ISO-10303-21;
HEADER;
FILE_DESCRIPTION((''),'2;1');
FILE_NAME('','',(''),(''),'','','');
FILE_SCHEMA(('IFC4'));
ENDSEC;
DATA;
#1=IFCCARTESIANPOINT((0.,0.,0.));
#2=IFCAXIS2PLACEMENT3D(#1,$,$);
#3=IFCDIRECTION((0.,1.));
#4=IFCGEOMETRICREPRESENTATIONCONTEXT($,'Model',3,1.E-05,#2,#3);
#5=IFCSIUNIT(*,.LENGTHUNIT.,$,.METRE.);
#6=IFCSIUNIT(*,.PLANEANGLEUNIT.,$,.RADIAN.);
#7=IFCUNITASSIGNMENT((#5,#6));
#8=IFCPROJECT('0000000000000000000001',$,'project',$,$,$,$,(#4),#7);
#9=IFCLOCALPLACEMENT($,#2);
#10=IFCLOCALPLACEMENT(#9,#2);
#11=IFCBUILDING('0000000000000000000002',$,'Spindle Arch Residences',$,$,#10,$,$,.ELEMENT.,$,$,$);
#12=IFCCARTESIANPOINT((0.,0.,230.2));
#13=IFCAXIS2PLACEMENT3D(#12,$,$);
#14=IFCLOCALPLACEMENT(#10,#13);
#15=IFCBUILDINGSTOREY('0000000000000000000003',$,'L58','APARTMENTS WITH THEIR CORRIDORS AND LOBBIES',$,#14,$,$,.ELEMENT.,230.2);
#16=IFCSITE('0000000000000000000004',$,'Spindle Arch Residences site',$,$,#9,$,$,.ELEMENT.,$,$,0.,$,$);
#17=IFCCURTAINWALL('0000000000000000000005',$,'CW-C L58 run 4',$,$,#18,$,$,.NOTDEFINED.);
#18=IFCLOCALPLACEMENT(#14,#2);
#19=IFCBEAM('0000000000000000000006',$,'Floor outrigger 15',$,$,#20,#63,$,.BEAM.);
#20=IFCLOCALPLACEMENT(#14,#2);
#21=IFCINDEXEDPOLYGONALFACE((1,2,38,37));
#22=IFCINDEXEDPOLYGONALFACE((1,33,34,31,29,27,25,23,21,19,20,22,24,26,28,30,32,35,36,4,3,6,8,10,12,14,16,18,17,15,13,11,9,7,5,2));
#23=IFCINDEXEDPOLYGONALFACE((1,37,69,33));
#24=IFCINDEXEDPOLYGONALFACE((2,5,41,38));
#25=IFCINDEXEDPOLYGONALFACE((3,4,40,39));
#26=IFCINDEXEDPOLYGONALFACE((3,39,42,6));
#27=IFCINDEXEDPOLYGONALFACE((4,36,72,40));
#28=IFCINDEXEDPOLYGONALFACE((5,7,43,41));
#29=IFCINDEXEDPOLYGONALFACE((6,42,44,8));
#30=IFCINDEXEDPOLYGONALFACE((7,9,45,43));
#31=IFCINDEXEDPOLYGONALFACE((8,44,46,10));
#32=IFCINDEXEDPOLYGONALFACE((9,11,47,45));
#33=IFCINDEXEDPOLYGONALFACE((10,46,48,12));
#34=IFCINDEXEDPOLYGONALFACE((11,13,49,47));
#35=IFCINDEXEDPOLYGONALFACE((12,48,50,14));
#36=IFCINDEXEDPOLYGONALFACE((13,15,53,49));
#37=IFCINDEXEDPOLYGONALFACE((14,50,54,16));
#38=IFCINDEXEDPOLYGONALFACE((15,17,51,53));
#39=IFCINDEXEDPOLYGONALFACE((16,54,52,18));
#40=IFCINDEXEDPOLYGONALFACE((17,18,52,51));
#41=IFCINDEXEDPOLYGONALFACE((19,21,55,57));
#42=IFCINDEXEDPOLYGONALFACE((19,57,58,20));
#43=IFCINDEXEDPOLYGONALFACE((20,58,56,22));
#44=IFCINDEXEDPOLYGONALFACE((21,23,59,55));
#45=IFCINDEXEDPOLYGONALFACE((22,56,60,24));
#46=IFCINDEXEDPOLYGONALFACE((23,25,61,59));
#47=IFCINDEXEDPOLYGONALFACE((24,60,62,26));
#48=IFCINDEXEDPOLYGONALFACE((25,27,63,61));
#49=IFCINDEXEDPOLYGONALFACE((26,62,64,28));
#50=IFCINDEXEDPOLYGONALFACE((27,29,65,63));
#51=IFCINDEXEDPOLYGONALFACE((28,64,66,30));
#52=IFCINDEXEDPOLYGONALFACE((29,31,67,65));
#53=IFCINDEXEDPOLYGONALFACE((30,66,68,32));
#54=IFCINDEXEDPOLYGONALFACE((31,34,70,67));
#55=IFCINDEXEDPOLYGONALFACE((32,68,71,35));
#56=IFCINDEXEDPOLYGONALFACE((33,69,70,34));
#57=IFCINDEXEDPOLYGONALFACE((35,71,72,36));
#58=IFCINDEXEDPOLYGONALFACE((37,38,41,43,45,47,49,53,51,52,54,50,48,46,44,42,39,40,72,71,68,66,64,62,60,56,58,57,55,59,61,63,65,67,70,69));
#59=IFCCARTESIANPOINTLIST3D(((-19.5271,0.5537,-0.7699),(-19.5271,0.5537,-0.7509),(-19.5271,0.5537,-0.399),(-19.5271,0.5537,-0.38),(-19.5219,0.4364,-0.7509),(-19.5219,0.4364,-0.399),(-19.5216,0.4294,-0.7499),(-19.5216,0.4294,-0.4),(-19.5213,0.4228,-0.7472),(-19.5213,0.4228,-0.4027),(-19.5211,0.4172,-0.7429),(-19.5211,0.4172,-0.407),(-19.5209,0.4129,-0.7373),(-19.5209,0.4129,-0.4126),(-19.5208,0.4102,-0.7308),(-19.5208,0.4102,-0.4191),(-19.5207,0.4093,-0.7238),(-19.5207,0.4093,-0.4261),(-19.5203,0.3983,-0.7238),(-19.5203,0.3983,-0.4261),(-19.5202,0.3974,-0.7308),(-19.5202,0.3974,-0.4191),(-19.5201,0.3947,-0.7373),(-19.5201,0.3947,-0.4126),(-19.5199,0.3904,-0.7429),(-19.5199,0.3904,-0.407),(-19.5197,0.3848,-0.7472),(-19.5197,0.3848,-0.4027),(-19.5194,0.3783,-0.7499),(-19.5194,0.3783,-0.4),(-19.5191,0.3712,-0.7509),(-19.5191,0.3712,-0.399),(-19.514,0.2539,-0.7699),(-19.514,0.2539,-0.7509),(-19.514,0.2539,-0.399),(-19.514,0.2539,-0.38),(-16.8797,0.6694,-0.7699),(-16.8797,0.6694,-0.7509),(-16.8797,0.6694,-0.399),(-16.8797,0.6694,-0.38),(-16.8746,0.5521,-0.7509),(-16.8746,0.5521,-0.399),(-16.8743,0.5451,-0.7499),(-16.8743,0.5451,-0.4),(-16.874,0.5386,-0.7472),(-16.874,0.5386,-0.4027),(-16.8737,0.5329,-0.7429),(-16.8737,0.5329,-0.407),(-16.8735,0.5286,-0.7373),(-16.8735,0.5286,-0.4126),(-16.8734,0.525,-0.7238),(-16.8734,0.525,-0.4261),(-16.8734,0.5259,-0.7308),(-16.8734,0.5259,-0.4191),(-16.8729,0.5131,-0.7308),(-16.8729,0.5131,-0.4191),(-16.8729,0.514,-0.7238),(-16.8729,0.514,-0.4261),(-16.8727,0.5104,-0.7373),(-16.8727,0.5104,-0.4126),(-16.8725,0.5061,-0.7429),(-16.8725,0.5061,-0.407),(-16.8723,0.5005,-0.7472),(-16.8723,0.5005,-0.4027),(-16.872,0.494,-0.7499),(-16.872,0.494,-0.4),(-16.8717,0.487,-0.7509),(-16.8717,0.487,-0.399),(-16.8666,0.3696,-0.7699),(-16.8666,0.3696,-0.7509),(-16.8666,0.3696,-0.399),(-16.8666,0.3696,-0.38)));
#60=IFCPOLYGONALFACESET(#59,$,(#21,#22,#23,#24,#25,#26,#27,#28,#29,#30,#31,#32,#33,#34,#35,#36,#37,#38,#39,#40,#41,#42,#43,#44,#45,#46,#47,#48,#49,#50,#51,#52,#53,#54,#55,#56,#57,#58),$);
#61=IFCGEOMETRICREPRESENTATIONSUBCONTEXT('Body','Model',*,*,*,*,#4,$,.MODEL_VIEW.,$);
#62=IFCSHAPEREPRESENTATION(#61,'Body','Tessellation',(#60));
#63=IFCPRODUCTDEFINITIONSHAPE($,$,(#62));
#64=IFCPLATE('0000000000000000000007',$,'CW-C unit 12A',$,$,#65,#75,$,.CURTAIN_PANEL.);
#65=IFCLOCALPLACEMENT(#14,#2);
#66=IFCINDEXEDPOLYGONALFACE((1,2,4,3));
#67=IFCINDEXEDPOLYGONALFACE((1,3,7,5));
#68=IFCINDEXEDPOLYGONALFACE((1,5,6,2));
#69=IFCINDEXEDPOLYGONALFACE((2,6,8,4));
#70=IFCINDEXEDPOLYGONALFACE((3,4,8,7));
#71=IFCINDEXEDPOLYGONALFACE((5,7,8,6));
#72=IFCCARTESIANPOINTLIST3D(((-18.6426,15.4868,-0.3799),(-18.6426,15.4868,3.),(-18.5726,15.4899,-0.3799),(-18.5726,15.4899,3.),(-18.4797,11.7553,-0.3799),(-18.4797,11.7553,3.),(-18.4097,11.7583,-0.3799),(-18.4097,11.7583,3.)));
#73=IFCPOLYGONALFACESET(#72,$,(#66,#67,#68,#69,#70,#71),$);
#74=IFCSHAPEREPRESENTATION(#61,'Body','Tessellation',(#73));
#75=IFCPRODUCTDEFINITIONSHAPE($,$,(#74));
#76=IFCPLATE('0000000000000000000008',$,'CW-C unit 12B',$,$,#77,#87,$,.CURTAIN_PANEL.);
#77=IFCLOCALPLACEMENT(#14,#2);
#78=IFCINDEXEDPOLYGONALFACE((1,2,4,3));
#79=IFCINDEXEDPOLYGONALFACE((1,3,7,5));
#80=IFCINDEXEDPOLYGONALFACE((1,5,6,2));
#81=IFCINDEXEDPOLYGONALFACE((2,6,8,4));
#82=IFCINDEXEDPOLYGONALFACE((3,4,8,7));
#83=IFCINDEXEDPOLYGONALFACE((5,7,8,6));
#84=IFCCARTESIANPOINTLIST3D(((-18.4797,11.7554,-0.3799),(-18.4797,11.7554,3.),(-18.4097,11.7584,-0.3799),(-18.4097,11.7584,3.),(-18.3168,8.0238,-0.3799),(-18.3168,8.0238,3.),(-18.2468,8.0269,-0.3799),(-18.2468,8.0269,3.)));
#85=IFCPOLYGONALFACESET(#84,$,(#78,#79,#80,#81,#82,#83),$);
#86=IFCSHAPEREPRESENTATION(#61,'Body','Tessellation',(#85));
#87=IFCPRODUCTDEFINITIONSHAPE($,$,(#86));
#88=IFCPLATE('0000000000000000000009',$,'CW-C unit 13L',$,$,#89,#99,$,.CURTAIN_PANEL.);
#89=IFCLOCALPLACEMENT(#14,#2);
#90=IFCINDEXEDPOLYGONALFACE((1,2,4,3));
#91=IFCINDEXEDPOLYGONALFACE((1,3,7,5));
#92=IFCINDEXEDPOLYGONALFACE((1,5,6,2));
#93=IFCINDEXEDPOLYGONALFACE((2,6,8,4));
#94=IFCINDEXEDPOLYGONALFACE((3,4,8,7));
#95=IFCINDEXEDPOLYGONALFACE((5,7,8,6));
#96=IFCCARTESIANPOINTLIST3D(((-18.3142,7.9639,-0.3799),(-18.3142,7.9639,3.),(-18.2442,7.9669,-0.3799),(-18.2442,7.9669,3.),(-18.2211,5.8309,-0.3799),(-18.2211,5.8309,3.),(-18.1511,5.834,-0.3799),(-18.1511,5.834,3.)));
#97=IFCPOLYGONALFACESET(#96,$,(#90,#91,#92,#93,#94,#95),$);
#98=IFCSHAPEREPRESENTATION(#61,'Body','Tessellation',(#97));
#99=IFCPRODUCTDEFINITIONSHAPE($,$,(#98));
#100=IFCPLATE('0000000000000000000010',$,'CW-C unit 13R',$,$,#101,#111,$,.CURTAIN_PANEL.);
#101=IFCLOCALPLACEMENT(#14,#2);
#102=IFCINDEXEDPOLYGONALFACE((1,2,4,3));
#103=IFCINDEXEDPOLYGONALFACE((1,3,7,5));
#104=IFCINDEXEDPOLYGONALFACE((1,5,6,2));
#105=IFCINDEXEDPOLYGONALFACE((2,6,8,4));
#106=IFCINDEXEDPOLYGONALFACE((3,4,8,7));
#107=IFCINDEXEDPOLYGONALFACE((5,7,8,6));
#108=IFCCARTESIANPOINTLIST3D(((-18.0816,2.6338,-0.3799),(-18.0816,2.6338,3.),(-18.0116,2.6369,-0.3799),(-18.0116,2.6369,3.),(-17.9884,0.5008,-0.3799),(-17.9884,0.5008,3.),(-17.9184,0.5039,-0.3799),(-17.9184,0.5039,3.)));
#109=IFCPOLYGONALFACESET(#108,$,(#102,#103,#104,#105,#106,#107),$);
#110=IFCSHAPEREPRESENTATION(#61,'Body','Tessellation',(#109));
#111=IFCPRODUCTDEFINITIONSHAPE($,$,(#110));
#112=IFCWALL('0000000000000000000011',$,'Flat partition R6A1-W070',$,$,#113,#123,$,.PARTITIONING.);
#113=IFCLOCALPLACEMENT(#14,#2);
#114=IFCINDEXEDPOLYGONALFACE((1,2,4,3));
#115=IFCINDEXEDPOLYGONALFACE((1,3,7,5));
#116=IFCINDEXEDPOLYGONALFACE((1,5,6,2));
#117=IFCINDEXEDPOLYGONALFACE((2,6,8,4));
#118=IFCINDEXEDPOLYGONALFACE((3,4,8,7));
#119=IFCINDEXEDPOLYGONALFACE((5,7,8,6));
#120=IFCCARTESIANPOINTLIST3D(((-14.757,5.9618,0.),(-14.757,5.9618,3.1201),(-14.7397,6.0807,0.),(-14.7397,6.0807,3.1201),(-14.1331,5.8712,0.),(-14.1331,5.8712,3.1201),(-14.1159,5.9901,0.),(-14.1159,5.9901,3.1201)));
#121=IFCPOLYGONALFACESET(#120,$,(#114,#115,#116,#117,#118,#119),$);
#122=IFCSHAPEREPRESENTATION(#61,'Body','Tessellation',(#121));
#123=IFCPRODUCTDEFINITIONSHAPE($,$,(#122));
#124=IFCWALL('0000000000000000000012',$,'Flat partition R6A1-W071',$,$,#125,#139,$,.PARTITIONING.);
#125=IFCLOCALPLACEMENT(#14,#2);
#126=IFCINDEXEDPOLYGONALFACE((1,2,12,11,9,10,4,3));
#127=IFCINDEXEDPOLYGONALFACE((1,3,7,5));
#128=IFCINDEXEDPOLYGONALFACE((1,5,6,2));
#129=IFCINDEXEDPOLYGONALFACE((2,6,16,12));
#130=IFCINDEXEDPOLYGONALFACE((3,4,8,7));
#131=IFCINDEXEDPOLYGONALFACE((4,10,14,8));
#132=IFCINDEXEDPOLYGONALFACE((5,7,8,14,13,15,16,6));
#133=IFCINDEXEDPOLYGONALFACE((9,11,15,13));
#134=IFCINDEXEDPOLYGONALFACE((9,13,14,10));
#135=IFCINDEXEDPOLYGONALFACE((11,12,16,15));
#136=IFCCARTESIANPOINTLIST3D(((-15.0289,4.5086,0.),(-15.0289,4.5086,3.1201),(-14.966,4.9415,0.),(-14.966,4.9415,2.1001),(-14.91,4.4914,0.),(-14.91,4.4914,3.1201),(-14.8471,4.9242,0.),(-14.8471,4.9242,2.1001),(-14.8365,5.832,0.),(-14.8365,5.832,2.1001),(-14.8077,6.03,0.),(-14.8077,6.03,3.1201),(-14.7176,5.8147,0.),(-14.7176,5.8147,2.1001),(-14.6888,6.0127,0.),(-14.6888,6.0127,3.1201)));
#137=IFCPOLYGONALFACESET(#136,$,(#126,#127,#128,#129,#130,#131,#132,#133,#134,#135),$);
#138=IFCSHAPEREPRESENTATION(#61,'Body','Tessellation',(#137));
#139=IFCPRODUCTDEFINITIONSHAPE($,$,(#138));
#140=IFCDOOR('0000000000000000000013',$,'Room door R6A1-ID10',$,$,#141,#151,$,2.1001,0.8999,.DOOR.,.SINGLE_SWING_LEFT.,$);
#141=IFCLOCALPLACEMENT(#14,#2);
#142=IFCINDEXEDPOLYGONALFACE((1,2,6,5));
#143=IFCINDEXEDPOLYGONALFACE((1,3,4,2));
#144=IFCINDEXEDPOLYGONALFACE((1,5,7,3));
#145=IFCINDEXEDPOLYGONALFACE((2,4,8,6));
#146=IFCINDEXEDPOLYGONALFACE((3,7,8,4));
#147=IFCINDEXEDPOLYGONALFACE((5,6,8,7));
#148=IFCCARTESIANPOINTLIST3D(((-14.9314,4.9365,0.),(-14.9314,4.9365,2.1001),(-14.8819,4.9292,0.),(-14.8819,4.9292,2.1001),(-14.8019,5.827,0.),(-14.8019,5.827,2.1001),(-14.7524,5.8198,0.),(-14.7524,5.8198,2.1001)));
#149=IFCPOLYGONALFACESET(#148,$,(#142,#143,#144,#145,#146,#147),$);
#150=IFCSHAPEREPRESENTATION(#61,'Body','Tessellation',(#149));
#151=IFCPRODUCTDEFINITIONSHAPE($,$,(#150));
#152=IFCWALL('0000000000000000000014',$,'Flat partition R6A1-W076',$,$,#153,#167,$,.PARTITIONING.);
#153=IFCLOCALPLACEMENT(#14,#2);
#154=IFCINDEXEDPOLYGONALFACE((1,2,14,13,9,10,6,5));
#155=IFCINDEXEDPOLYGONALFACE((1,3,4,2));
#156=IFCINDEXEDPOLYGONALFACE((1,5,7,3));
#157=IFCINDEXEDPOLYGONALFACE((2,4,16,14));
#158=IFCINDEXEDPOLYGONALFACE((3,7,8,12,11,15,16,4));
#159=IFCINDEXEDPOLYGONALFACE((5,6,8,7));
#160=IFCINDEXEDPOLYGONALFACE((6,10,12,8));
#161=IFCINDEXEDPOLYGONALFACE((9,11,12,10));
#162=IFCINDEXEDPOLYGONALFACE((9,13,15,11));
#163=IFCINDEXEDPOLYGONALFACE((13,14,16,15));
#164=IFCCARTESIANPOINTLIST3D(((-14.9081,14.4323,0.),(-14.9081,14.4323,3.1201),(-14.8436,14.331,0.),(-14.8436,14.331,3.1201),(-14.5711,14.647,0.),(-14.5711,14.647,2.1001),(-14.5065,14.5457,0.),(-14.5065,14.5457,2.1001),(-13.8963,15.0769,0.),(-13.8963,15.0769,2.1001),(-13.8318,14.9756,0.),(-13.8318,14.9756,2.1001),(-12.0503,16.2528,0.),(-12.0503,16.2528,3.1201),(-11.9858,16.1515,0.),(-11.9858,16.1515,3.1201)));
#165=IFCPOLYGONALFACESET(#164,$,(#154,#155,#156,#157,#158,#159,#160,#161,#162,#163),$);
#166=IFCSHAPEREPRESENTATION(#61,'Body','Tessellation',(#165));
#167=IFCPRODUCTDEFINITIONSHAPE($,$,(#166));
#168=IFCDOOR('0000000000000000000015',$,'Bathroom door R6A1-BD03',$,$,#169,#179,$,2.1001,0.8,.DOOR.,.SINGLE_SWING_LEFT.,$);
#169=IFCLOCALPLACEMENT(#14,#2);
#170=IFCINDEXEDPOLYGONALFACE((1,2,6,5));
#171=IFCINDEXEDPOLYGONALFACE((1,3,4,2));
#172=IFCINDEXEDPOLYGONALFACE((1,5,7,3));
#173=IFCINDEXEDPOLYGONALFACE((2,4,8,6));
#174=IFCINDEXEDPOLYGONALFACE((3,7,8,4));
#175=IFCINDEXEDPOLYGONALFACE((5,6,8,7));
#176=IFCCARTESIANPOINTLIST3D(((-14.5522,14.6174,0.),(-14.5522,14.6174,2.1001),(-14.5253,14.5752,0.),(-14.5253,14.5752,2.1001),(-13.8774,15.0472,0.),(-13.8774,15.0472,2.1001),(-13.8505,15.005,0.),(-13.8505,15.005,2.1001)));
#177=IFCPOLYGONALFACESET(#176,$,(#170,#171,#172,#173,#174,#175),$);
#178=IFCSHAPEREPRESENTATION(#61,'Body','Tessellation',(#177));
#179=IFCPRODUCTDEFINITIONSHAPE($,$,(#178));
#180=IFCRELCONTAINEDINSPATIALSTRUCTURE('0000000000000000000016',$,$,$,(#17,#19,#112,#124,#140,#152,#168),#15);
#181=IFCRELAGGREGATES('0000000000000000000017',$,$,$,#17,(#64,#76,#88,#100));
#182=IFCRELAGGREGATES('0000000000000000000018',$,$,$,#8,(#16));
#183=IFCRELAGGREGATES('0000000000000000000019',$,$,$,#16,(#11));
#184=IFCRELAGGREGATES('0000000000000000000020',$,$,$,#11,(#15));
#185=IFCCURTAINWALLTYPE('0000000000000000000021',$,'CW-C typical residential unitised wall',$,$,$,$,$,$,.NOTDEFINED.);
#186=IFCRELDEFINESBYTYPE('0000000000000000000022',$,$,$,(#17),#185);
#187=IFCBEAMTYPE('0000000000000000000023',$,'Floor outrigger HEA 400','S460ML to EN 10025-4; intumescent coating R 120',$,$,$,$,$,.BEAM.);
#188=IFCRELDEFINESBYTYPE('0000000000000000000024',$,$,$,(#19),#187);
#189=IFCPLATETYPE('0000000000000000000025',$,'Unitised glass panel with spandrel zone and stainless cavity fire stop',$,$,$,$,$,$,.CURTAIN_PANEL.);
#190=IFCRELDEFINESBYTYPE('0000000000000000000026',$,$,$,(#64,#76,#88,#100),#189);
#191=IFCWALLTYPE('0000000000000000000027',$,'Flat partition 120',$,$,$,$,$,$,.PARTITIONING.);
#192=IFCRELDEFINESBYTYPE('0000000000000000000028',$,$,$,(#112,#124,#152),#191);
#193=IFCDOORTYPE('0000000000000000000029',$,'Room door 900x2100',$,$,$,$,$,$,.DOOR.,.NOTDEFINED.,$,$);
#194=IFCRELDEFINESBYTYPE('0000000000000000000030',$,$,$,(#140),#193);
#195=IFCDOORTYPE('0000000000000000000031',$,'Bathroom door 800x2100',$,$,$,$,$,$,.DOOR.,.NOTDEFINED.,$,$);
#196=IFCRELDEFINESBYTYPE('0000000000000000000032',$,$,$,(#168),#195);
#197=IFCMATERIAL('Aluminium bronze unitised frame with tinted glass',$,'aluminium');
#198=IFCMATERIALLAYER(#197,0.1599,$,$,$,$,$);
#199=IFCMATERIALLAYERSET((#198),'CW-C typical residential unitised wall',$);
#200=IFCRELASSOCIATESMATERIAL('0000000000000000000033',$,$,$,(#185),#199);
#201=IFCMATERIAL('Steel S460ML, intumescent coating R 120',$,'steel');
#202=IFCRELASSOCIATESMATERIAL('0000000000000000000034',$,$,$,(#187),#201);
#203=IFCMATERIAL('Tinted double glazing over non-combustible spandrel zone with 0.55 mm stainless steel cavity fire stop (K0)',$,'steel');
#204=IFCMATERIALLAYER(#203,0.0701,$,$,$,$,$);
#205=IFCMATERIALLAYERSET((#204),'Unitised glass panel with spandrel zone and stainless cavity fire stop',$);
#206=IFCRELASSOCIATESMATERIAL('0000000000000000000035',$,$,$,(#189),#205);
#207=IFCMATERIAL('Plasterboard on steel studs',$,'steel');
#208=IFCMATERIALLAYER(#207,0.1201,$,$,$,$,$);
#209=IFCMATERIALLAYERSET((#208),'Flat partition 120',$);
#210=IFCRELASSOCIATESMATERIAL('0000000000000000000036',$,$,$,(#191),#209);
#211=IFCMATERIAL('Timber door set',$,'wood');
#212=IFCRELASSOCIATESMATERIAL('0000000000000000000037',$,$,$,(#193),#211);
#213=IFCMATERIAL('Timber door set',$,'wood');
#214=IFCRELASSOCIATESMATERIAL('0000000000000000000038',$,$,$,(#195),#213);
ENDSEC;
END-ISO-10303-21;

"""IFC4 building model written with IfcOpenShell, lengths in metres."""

from ifc_helpers import new_model, si_unit, direction, frame, frame_2d, origin, origin_2d, place, context, subcontext, project, spatial, rectangle, i_section, extrude, material, layer, layer_set, material_profile, profile_set, type_object, element, fill, aggregate, save


model = new_model("IFC4")

# Units and contexts
model_context = context("Model", 3, precision=1e-05, world=origin(), true_north=direction((0.0, 1.0)))
body_context = subcontext(model_context, "Body", "Model", "MODEL_VIEW")
ifc_project = project(units=[si_unit("LENGTHUNIT", "METRE"), si_unit("PLANEANGLEUNIT", "RADIAN")], contexts=[model_context])

# Site, building, storey
site_placement = place(None, origin())
site = spatial("IfcSite", under=ifc_project, at=site_placement, Name="Spindle Arch Residences site", CompositionType="ELEMENT", RefElevation=0.0)
building_placement = place(site_placement, origin())
building = spatial("IfcBuilding", under=site, at=building_placement, Name="Spindle Arch Residences", CompositionType="ELEMENT")
storey_placement = place(building_placement, frame((0.0, 0.0, 230.2)))
storey = spatial("IfcBuildingStorey", under=building, at=storey_placement, Name="L58", Description="APARTMENTS WITH THEIR CORRIDORS AND LOBBIES", CompositionType="ELEMENT", Elevation=230.2)

# Curtain wall
ifc_material_1 = material(Name="Aluminium bronze unitised frame with tinted glass", Category="aluminium")
ifc_layer_1 = layer(ifc_material_1, 0.1599)
ifc_layer_set_1 = layer_set([ifc_layer_1], Name="CW-C typical residential unitised wall")
curtain_wall_type = type_object("IfcCurtainWallType", Name="CW-C typical residential unitised wall", PredefinedType="NOTDEFINED", material=ifc_layer_set_1)
curtain_wall_placement = place(storey_placement, origin())
curtain_wall = element("IfcCurtainWall", 1, at=curtain_wall_placement, inside=storey, type_object=curtain_wall_type, Name="CW-C L58 run 4", PredefinedType="NOTDEFINED")

# Beam
ifc_material_2 = material(Name="Steel S460ML, intumescent coating R 120", Category="steel")
ifc_material_profile_1 = material_profile(ifc_material_2, i_section(OverallWidth=0.3, OverallDepth=0.3899, WebThickness=0.011, FlangeThickness=0.019, FilletRadius=0.0271, at=origin_2d()), Name="HEA 400")
ifc_profile_set_1 = profile_set([ifc_material_profile_1], Name="Steel S460ML, intumescent coating R 120")
beam_type_1 = type_object("IfcBeamType", Name="Floor outrigger HEA 400", Description="S460ML to EN 10025-4; intumescent coating R 120", PredefinedType="BEAM", material=ifc_profile_set_1)
for number, where, z_axis, x_axis, name in (
    (2, (-19.5205, 0.4038, -0.575), (0.999046, 0.043669, 0.0), (-0.043669, 0.999046, 0.0), "Floor outrigger 15"),
):
    element("IfcBeam", number, at=place(storey_placement, frame(where, z_axis=z_axis, x_axis=x_axis)), inside=storey, type_object=beam_type_1, Name=name, PredefinedType="BEAM", context=body_context, shape_type="SweptSolid", body=[
        extrude(i_section(OverallWidth=0.3, OverallDepth=0.3899, WebThickness=0.011, FlangeThickness=0.019, FilletRadius=0.0271, at=origin_2d()), origin(), (0.0, 0.0, 1.0), 2.6499),
    ])

# Plates
ifc_material_3 = material(Name="Tinted double glazing over non-combustible spandrel zone with 0.55 mm stainless steel cavity fire stop (K0)", Category="steel")
ifc_layer_2 = layer(ifc_material_3, 0.0701)
ifc_layer_set_2 = layer_set([ifc_layer_2], Name="Unitised glass panel with spandrel zone and stainless cavity fire stop")
plate_type = type_object("IfcPlateType", Name="Unitised glass panel with spandrel zone and stainless cavity fire stop", PredefinedType="CURTAIN_PANEL", material=ifc_layer_set_2)
plate_1_placement = place(storey_placement, frame((-18.5261, 13.6226, -0.3799), z_axis=(0.0, 0.0, 1.0), x_axis=(0.043619, -0.999048, 0.0)))
plate_1 = element("IfcPlate", 3, at=plate_1_placement, type_object=plate_type, Name="CW-C unit 12A", PredefinedType="CURTAIN_PANEL", context=body_context, shape_type="SweptSolid", body=[
    extrude(rectangle(XDim=3.7351, YDim=0.0701, at=origin_2d()), origin(), (0.0, 0.0, 1.0), 3.3799),
])
plate_2_placement = place(storey_placement, frame((-18.3633, 9.8911, -0.3799), z_axis=(0.0, 0.0, 1.0), x_axis=(0.043619, -0.999048, 0.0)))
plate_2 = element("IfcPlate", 4, at=plate_2_placement, type_object=plate_type, Name="CW-C unit 12B", PredefinedType="CURTAIN_PANEL", context=body_context, shape_type="SweptSolid", body=[
    extrude(rectangle(XDim=3.7351, YDim=0.0701, at=origin_2d()), origin(), (0.0, 0.0, 1.0), 3.3799),
])
plate_3_placement = place(storey_placement, frame((-18.2327, 6.8989, -0.3799), z_axis=(0.0, 0.0, 1.0), x_axis=(0.043619, -0.999048, 0.0)))
plate_3 = element("IfcPlate", 5, at=plate_3_placement, type_object=plate_type, Name="CW-C unit 13L", PredefinedType="CURTAIN_PANEL", context=body_context, shape_type="SweptSolid", body=[
    extrude(rectangle(XDim=2.135, YDim=0.0701, at=origin_2d()), origin(), (0.0, 0.0, 1.0), 3.3799),
])
plate_4_placement = place(storey_placement, frame((-18.0, 1.5688, -0.3799), z_axis=(0.0, 0.0, 1.0), x_axis=(0.043619, -0.999048, 0.0)))
plate_4 = element("IfcPlate", 6, at=plate_4_placement, type_object=plate_type, Name="CW-C unit 13R", PredefinedType="CURTAIN_PANEL", context=body_context, shape_type="SweptSolid", body=[
    extrude(rectangle(XDim=2.135, YDim=0.0701, at=origin_2d()), origin(), (0.0, 0.0, 1.0), 3.3799),
])
aggregate(curtain_wall, [plate_1, plate_2, plate_3, plate_4])

# Wall
ifc_material_4 = material(Name="Plasterboard on steel studs", Category="steel")
ifc_layer_3 = layer(ifc_material_4, 0.1201)
ifc_layer_set_3 = layer_set([ifc_layer_3], Name="Flat partition 120")
wall_type_1 = type_object("IfcWallType", Name="Flat partition 120", PredefinedType="PARTITIONING", material=ifc_layer_set_3)
wall_1_placement = place(storey_placement, frame((-14.1245, 5.9307, 0.0), z_axis=(0.0, 0.0, 1.0), x_axis=(-0.989622, 0.143698, 0.0)))
element("IfcWall", 7, at=wall_1_placement, inside=storey, type_object=wall_type_1, Name="Flat partition R6A1-W070", PredefinedType="PARTITIONING", context=body_context, shape_type="SweptSolid", body=[
    extrude(rectangle(XDim=0.6304, YDim=0.1201, at=frame_2d((0.3152, 0.0))), origin(), (0.0, 0.0, 1.0), 3.1201),
])

# Walls, openings, doors
wall_2_placement = place(storey_placement, frame((-14.7483, 6.0212, 0.0), z_axis=(0.0, 0.0, 1.0), x_axis=(-0.143889, -0.989594, 0.0)))
wall_2 = element("IfcWall", 8, at=wall_2_placement, inside=storey, type_object=wall_type_1, Name="Flat partition R6A1-W071", PredefinedType="PARTITIONING", context=body_context, shape_type="SweptSolid", body=[
    extrude(rectangle(XDim=1.5374, YDim=0.1201, at=frame_2d((0.7686, 0.0))), origin(), (0.0, 0.0, 1.0), 3.1201),
])
opening_1_placement = place(wall_2_placement, frame((0.2, 0.0, 0.0)))
opening_1 = element("IfcOpeningElement", 9, at=opening_1_placement, cuts=wall_2, PredefinedType="OPENING", context=body_context, shape_type="SweptSolid", body=[
    extrude(rectangle(XDim=0.8999, YDim=2.1001, at=frame_2d((0.45, 1.05))), frame((0.0, 0.0701, 0.0), z_axis=(0.0, -1.0, 0.0), x_axis=(1.0, 0.0, 0.0)), (0.0, 0.0, 1.0), 0.1401),
])
ifc_material_5 = material(Name="Timber door set", Category="wood")
door_type_1 = type_object("IfcDoorType", Name="Room door 900x2100", OperationType="NOTDEFINED", PredefinedType="DOOR", material=ifc_material_5)
door_1_placement = place(opening_1_placement, origin())
door_1 = element("IfcDoor", 10, at=door_1_placement, inside=storey, type_object=door_type_1, Name="Room door R6A1-ID10", OperationType="SINGLE_SWING_LEFT", OverallHeight=2.1001, OverallWidth=0.8999, PredefinedType="DOOR", context=body_context, shape_type="SweptSolid", body=[
    extrude(rectangle(XDim=0.8999, YDim=2.1001, at=frame_2d((0.45, 1.05))), frame((0.0, 0.0249, 0.0), z_axis=(0.0, -1.0, 0.0), x_axis=(1.0, 0.0, 0.0)), (0.0, 0.0, 1.0), 0.05),
])
fill(opening_1, door_1)
wall_3_placement = place(storey_placement, frame((-14.876, 14.3816, 0.0), z_axis=(0.0, 0.0, 1.0), x_axis=(0.843409, 0.537272, 0.0)))
wall_3 = element("IfcWall", 11, at=wall_3_placement, inside=storey, type_object=wall_type_1, Name="Flat partition R6A1-W076", PredefinedType="PARTITIONING", context=body_context, shape_type="SweptSolid", body=[
    extrude(rectangle(XDim=3.3884, YDim=0.1201, at=frame_2d((1.6943, 0.0))), origin(), (0.0, 0.0, 1.0), 3.1201),
])
opening_2_placement = place(wall_3_placement, frame((0.3999, 0.0, 0.0)))
opening_2 = element("IfcOpeningElement", 12, at=opening_2_placement, cuts=wall_3, PredefinedType="OPENING", context=body_context, shape_type="SweptSolid", body=[
    extrude(rectangle(XDim=0.8, YDim=2.1001, at=frame_2d((0.3999, 1.05))), frame((0.0, 0.0701, 0.0), z_axis=(0.0, -1.0, 0.0), x_axis=(1.0, 0.0, 0.0)), (0.0, 0.0, 1.0), 0.1401),
])
ifc_material_6 = material(Name="Timber door set", Category="wood")
door_type_2 = type_object("IfcDoorType", Name="Bathroom door 800x2100", OperationType="NOTDEFINED", PredefinedType="DOOR", material=ifc_material_6)
door_2_placement = place(opening_2_placement, origin())
door_2 = element("IfcDoor", 13, at=door_2_placement, inside=storey, type_object=door_type_2, Name="Bathroom door R6A1-BD03", OperationType="SINGLE_SWING_LEFT", OverallHeight=2.1001, OverallWidth=0.8, PredefinedType="DOOR", context=body_context, shape_type="SweptSolid", body=[
    extrude(rectangle(XDim=0.8, YDim=2.1001, at=frame_2d((0.3999, 1.05))), frame((0.0, 0.0249, 0.0), z_axis=(0.0, -1.0, 0.0), x_axis=(1.0, 0.0, 0.0)), (0.0, 0.0, 1.0), 0.05),
])
fill(opening_2, door_2)

save(model, "model.ifc")
